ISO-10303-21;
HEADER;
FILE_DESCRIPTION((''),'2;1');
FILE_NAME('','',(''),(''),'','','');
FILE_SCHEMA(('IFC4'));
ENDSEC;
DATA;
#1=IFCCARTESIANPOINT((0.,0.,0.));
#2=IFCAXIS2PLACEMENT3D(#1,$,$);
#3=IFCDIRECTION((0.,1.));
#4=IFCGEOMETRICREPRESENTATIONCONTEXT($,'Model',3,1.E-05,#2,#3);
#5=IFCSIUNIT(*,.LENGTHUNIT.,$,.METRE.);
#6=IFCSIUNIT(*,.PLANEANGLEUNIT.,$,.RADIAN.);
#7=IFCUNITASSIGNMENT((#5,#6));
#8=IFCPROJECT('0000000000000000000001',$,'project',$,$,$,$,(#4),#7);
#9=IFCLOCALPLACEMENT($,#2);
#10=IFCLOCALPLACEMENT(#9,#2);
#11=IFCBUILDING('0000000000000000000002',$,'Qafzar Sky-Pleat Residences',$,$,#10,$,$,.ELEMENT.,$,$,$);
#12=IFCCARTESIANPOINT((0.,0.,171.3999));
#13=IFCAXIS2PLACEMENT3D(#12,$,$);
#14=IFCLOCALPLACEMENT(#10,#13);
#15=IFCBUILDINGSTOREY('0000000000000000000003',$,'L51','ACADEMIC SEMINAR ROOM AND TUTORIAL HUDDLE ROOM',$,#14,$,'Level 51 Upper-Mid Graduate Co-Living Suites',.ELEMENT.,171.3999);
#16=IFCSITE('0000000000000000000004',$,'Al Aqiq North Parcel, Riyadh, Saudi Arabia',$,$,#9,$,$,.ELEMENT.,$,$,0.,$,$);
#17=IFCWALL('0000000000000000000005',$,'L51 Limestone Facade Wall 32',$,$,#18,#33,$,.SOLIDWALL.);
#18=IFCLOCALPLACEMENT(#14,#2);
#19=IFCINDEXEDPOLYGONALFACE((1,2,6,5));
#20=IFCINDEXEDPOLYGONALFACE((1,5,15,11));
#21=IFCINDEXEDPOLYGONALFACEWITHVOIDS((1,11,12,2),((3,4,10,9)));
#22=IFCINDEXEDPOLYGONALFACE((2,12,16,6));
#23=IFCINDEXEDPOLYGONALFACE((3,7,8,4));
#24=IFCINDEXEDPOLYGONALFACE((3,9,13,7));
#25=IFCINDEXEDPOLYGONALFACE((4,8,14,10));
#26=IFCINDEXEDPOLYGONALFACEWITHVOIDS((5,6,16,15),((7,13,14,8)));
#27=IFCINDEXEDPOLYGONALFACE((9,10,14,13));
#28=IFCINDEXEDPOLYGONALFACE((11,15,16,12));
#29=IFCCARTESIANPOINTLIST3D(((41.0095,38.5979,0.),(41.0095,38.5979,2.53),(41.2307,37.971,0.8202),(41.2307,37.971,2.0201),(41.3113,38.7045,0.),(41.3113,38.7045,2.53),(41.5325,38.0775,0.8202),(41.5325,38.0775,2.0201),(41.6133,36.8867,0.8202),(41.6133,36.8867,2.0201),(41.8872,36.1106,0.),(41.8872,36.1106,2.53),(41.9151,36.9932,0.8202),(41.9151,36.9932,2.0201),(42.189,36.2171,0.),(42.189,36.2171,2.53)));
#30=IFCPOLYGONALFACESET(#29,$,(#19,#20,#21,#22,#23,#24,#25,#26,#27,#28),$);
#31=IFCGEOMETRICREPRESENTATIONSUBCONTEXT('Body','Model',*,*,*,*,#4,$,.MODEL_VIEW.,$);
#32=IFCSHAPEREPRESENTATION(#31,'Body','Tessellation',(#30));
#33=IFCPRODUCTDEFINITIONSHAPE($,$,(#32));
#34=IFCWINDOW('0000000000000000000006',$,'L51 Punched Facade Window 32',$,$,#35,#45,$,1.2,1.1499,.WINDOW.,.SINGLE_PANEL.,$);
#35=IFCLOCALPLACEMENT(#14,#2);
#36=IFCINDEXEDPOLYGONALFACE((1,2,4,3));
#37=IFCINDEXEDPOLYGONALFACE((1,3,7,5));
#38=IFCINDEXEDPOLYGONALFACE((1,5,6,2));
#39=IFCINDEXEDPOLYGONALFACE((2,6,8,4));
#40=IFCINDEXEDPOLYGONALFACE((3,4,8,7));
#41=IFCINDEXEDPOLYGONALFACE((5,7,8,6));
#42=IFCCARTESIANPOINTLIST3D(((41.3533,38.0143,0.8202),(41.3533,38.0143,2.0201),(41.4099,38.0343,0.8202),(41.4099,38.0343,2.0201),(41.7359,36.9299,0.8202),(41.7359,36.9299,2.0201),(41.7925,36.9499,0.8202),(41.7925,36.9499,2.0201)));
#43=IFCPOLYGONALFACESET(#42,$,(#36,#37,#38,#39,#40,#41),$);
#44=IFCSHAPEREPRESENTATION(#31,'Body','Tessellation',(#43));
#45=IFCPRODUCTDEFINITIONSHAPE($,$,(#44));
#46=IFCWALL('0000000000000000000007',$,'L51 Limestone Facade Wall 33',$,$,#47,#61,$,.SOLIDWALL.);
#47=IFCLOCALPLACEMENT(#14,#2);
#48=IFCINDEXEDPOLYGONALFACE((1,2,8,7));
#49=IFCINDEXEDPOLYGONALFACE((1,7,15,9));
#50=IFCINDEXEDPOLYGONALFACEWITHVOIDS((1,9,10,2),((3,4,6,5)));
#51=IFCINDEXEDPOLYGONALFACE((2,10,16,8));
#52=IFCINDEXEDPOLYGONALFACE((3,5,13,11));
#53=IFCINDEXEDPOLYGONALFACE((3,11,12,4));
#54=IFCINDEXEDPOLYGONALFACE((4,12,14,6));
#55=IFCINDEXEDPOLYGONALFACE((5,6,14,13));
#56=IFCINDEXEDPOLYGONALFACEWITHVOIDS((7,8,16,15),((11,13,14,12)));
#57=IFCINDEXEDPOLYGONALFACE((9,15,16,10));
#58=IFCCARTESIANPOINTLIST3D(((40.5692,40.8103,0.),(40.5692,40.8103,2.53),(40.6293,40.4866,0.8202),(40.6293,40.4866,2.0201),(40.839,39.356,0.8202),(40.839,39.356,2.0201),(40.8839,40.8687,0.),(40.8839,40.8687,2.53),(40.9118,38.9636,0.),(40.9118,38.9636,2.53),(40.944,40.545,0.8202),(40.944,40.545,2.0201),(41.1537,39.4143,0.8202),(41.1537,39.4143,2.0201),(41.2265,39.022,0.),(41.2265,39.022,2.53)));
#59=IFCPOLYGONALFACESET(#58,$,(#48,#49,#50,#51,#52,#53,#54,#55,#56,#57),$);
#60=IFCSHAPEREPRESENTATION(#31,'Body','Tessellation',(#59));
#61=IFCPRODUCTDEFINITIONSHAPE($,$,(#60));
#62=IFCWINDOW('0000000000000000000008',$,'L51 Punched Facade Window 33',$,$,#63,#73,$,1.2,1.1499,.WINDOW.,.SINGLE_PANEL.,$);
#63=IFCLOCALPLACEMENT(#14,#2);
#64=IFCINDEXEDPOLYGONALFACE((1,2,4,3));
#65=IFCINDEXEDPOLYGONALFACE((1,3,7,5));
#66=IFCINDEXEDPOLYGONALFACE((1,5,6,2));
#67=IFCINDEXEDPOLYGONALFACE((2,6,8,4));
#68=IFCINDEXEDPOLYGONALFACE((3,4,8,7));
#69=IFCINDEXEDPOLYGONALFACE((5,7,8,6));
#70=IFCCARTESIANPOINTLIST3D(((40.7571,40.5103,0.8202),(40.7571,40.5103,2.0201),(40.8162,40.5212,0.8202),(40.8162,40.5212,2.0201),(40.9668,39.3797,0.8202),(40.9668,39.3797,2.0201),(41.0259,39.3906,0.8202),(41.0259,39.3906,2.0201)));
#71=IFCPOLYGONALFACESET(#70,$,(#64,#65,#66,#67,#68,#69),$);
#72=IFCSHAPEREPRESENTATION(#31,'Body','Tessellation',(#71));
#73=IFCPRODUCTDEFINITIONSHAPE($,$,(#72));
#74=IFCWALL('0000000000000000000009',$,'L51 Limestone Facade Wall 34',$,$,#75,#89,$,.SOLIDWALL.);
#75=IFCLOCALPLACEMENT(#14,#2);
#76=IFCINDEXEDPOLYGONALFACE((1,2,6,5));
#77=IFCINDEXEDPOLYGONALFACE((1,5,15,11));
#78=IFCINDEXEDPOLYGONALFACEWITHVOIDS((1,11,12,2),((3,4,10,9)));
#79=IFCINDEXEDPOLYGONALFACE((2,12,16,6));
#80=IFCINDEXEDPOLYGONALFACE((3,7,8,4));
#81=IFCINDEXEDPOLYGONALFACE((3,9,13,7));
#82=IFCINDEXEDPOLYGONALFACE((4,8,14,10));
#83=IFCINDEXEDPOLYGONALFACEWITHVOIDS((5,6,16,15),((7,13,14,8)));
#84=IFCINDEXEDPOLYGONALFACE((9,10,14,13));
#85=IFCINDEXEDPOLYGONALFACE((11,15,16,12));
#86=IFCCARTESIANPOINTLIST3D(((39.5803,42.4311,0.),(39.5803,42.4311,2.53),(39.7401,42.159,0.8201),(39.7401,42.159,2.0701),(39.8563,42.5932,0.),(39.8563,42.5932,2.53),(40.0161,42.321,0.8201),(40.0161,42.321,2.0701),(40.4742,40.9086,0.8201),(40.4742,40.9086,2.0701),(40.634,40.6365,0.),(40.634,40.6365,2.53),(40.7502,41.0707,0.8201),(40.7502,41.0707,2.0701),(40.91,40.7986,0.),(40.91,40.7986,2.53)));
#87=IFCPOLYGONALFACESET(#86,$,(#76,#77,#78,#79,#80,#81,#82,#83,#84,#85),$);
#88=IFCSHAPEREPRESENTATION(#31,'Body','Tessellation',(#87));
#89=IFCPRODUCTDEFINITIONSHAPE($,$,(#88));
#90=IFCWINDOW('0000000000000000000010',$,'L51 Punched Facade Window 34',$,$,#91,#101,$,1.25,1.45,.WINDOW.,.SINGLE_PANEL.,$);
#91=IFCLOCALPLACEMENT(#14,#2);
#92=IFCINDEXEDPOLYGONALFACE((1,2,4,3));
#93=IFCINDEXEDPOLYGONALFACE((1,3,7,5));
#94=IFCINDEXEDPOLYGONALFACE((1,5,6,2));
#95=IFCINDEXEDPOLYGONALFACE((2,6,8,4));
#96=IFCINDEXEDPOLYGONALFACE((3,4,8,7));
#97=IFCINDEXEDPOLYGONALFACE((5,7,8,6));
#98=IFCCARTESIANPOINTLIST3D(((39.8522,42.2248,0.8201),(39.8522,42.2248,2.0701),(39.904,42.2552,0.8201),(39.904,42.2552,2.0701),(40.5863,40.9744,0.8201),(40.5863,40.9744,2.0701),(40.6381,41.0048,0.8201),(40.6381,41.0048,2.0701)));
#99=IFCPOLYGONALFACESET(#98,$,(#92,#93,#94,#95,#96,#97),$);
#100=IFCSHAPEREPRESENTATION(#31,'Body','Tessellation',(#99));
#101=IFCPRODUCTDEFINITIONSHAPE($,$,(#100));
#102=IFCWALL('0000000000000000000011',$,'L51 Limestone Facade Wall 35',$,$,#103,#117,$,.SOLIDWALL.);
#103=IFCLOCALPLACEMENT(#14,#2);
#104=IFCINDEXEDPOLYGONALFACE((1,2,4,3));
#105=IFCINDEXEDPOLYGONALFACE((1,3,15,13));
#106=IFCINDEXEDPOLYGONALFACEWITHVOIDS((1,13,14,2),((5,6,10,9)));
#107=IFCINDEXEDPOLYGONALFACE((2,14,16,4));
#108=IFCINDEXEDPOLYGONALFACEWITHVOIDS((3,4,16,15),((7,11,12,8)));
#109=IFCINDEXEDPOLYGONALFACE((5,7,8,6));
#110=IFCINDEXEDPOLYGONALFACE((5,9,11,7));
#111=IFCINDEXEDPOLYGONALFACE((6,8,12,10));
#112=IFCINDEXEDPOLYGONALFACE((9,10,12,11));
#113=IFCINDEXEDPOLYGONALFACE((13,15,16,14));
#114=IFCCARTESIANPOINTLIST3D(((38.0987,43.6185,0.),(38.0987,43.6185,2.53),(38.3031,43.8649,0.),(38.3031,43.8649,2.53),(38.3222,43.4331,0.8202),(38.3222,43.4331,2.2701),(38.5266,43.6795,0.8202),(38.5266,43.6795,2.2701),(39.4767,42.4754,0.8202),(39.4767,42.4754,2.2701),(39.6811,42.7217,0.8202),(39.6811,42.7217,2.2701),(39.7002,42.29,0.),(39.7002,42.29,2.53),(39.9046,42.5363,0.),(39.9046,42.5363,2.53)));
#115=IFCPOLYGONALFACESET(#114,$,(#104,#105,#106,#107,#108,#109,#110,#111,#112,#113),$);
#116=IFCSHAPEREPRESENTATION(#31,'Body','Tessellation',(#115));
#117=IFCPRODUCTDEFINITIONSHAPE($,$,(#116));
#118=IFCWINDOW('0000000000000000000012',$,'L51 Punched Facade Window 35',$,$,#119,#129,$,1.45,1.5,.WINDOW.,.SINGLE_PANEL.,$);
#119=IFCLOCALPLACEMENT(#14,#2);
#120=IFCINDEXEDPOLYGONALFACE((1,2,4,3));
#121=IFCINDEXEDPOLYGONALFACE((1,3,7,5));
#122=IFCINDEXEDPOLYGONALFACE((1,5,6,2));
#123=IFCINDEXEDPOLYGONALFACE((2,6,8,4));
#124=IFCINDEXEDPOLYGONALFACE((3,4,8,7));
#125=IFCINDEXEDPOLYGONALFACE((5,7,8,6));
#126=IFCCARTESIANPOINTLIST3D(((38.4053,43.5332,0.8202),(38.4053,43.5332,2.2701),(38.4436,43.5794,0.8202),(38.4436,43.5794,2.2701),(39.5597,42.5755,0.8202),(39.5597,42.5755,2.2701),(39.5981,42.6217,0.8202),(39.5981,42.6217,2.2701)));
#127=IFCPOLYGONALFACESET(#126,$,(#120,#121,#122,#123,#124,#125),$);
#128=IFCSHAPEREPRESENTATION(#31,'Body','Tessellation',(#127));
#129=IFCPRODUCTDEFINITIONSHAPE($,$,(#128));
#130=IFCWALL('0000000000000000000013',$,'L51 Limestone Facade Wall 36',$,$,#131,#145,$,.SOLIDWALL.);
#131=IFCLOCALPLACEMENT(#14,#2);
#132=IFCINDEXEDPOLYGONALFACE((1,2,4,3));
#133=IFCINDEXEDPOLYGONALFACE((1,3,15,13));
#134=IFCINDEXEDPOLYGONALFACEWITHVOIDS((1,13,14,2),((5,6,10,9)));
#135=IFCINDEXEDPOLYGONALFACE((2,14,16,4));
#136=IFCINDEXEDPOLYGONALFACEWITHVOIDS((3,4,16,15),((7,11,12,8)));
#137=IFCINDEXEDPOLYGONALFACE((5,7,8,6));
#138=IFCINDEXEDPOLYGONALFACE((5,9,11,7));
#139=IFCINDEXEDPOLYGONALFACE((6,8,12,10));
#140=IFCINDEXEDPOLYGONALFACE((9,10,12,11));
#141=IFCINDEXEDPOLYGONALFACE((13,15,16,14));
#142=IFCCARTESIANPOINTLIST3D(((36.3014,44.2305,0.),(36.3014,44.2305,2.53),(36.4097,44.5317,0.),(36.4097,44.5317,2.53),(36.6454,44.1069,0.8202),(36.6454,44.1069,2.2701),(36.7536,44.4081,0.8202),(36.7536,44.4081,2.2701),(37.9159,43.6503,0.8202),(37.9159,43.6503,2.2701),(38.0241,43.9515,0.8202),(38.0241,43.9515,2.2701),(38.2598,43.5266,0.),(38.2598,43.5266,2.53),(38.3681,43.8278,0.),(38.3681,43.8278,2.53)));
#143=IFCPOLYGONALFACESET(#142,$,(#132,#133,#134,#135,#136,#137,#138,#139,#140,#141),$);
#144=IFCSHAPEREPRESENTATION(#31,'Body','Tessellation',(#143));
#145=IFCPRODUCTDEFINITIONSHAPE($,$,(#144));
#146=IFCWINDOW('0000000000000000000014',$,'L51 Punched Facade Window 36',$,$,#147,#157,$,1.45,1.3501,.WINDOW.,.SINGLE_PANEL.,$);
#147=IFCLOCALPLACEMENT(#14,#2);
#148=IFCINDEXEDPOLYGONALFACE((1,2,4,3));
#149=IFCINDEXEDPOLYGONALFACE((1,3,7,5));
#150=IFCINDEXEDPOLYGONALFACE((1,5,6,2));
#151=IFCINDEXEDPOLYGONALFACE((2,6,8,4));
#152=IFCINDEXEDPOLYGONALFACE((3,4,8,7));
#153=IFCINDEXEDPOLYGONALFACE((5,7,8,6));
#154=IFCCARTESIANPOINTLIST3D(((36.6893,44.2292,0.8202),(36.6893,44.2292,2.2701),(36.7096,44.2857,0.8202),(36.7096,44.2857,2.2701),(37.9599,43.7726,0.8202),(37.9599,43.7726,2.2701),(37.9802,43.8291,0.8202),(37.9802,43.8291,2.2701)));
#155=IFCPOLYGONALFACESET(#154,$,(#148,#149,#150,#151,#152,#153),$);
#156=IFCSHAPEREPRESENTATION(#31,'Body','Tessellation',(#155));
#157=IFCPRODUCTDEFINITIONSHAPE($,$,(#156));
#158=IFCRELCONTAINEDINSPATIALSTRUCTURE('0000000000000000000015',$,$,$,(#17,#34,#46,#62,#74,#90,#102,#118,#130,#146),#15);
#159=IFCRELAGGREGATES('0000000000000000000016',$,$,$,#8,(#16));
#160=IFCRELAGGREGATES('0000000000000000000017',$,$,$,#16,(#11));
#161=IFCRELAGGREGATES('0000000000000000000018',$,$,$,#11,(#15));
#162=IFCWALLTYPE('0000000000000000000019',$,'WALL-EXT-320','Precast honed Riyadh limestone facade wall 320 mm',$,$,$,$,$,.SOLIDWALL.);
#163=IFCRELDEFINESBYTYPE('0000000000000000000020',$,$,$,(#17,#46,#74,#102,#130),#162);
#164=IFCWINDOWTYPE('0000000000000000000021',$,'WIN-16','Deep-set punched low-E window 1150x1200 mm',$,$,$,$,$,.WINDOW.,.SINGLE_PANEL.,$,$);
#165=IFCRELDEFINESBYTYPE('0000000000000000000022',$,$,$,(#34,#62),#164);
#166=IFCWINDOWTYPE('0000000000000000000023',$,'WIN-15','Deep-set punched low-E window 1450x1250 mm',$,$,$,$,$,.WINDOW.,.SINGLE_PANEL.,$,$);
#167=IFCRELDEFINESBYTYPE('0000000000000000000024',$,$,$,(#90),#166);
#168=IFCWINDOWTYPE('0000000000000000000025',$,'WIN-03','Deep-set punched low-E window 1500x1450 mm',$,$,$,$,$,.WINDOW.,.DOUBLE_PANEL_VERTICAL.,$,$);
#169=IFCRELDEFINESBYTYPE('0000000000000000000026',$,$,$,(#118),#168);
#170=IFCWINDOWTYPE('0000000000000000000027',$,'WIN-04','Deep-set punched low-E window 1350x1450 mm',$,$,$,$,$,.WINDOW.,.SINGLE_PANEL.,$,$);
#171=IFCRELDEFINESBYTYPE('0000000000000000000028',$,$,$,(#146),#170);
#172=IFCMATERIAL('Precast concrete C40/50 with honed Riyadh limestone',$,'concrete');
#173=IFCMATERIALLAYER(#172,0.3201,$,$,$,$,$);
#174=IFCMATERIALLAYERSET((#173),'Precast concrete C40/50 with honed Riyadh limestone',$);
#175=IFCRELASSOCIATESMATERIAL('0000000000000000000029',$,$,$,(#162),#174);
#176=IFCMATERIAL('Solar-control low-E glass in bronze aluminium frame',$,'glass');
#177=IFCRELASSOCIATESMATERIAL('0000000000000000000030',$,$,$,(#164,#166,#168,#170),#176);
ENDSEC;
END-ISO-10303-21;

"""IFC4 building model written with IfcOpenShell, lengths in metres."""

from ifc_helpers import new_model, si_unit, direction, frame, frame_2d, origin, place, context, subcontext, project, spatial, rectangle, extrude, source, transform, mapped, material, layer, layer_set, type_object, element, fill, save


model = new_model("IFC4")

# Units and contexts
model_context = context("Model", 3, precision=1e-05, world=origin(), true_north=direction((0.0, 1.0)))
body_context = subcontext(model_context, "Body", "Model", "MODEL_VIEW")
ifc_project = project(units=[si_unit("LENGTHUNIT", "METRE"), si_unit("PLANEANGLEUNIT", "RADIAN")], contexts=[model_context])

# Site, building, storey
site_placement = place(None, origin())
site = spatial("IfcSite", under=ifc_project, at=site_placement, Name="Al Aqiq North Parcel, Riyadh, Saudi Arabia", CompositionType="ELEMENT", RefElevation=0.0)
building_placement = place(site_placement, origin())
building = spatial("IfcBuilding", under=site, at=building_placement, Name="Qafzar Sky-Pleat Residences", CompositionType="ELEMENT")
storey_placement = place(building_placement, frame((0.0, 0.0, 171.3999)))
storey = spatial("IfcBuildingStorey", under=building, at=storey_placement, Name="L51", Description="ACADEMIC SEMINAR ROOM AND TUTORIAL HUDDLE ROOM", LongName="Level 51 Upper-Mid Graduate Co-Living Suites", CompositionType="ELEMENT", Elevation=171.3999)

# Walls, openings, windows
ifc_material_1 = material(Name="Precast concrete C40/50 with honed Riyadh limestone", Category="concrete")
ifc_layer_1 = layer(ifc_material_1, 0.3201)
ifc_layer_set_1 = layer_set([ifc_layer_1], Name="Precast concrete C40/50 with honed Riyadh limestone")
wall_type_1 = type_object("IfcWallType", Name="WALL-EXT-320", Description="Precast honed Riyadh limestone facade wall 320 mm", PredefinedType="SOLIDWALL", material=ifc_layer_set_1)
wall_1_placement = place(storey_placement, frame((42.0381, 36.1638, 0.0), z_axis=(0.0, 0.0, 1.0), x_axis=(-0.332757, 0.943013, 0.0)))
wall_1 = element("IfcWall", 1, at=wall_1_placement, inside=storey, type_object=wall_type_1, Name="L51 Limestone Facade Wall 32", PredefinedType="SOLIDWALL", context=body_context, shape_type="SweptSolid", body=[
    extrude(rectangle(XDim=2.6377, YDim=0.3201, at=frame_2d((1.3188, 0.0))), origin(), (0.0, 0.0, 1.0), 2.53),
])
opening_1_placement = place(wall_1_placement, frame((0.823, 0.0, 0.8201)))
opening_1 = element("IfcOpeningElement", 2, at=opening_1_placement, cuts=wall_1, PredefinedType="OPENING", context=body_context, shape_type="SweptSolid", body=[
    extrude(rectangle(XDim=1.1499, YDim=1.2, at=frame_2d((0.575, 0.6001))), frame((0.0, 0.1699, 0.0), z_axis=(0.0, -1.0, 0.0), x_axis=(1.0, 0.0, 0.0)), (0.0, 0.0, 1.0), 0.3401),
])
ifc_material_2 = material(Name="Solar-control low-E glass in bronze aluminium frame", Category="glass")
window_type_1 = type_object("IfcWindowType", Name="WIN-16", Description="Deep-set punched low-E window 1150x1200 mm", PartitioningType="SINGLE_PANEL", PredefinedType="WINDOW", material=ifc_material_2)
shared_shape_1 = source(origin(), body_context, "Body", "SweptSolid", [
    extrude(rectangle(XDim=1.1499, YDim=1.2, at=frame_2d((0.575, 0.6001))), frame((0.0, 0.03, 0.0), z_axis=(0.0, -1.0, 0.0), x_axis=(1.0, 0.0, 0.0)), (0.0, 0.0, 1.0), 0.0601),
])
window_1_placement = place(opening_1_placement, origin())
window_1 = element("IfcWindow", 3, at=window_1_placement, inside=storey, type_object=window_type_1, Name="L51 Punched Facade Window 32", OverallHeight=1.2, OverallWidth=1.1499, PartitioningType="SINGLE_PANEL", PredefinedType="WINDOW", context=body_context, shape_type="MappedRepresentation", body=[
    mapped(shared_shape_1, transform((0.0, 0.0, 0.0), x_axis=(1.0, 0.0, 0.0), y_axis=(0.0, 1.0, 0.0), z_axis=(0.0, 0.0, 1.0), scale=1.0)),
])
fill(opening_1, window_1)
wall_2_placement = place(storey_placement, frame((41.0691, 38.9929, 0.0), z_axis=(0.0, 0.0, 1.0), x_axis=(-0.182373, 0.983229, 0.0)))
wall_2 = element("IfcWall", 4, at=wall_2_placement, inside=storey, type_object=wall_type_1, Name="L51 Limestone Facade Wall 33", PredefinedType="SOLIDWALL", context=body_context, shape_type="SweptSolid", body=[
    extrude(rectangle(XDim=1.8782, YDim=0.3201, at=frame_2d((0.939, 0.0))), origin(), (0.0, 0.0, 1.0), 2.53),
])
opening_2_placement = place(wall_2_placement, frame((0.3989, 0.0, 0.8201)))
opening_2 = element("IfcOpeningElement", 5, at=opening_2_placement, cuts=wall_2, PredefinedType="OPENING", context=body_context, shape_type="SweptSolid", body=[
    extrude(rectangle(XDim=1.1499, YDim=1.2, at=frame_2d((0.575, 0.6001))), frame((0.0, 0.1699, 0.0), z_axis=(0.0, -1.0, 0.0), x_axis=(1.0, 0.0, 0.0)), (0.0, 0.0, 1.0), 0.3401),
])
window_2_placement = place(opening_2_placement, origin())
window_2 = element("IfcWindow", 6, at=window_2_placement, inside=storey, type_object=window_type_1, Name="L51 Punched Facade Window 33", OverallHeight=1.2, OverallWidth=1.1499, PartitioningType="SINGLE_PANEL", PredefinedType="WINDOW", context=body_context, shape_type="MappedRepresentation", body=[
    mapped(shared_shape_1, transform((0.0, 0.0, 0.0), x_axis=(1.0, 0.0, 0.0), y_axis=(0.0, 1.0, 0.0), z_axis=(0.0, 0.0, 1.0), scale=1.0)),
])
fill(opening_2, window_2)
wall_3_placement = place(storey_placement, frame((40.772, 40.7175, 0.0), z_axis=(0.0, 0.0, 1.0), x_axis=(-0.506312, 0.86235, 0.0)))
wall_3 = element("IfcWall", 7, at=wall_3_placement, inside=storey, type_object=wall_type_1, Name="L51 Limestone Facade Wall 34", PredefinedType="SOLIDWALL", context=body_context, shape_type="SweptSolid", body=[
    extrude(rectangle(XDim=2.0811, YDim=0.3201, at=frame_2d((1.0405, 0.0))), origin(), (0.0, 0.0, 1.0), 2.53),
])
opening_3_placement = place(wall_3_placement, frame((0.3154, 0.0, 0.8201)))
opening_3 = element("IfcOpeningElement", 8, at=opening_3_placement, cuts=wall_3, PredefinedType="OPENING", context=body_context, shape_type="SweptSolid", body=[
    extrude(rectangle(XDim=1.45, YDim=1.25, at=frame_2d((0.7251, 0.625))), frame((0.0, 0.1699, 0.0), z_axis=(0.0, -1.0, 0.0), x_axis=(1.0, 0.0, 0.0)), (0.0, 0.0, 1.0), 0.3401),
])
window_type_2 = type_object("IfcWindowType", Name="WIN-15", Description="Deep-set punched low-E window 1450x1250 mm", PartitioningType="SINGLE_PANEL", PredefinedType="WINDOW", material=ifc_material_2)
shared_shape_2 = source(origin(), body_context, "Body", "SweptSolid", [
    extrude(rectangle(XDim=1.45, YDim=1.25, at=frame_2d((0.7251, 0.625))), frame((0.0, 0.03, 0.0), z_axis=(0.0, -1.0, 0.0), x_axis=(1.0, 0.0, 0.0)), (0.0, 0.0, 1.0), 0.0601),
])
window_3_placement = place(opening_3_placement, origin())
window_3 = element("IfcWindow", 9, at=window_3_placement, inside=storey, type_object=window_type_2, Name="L51 Punched Facade Window 34", OverallHeight=1.25, OverallWidth=1.45, PartitioningType="SINGLE_PANEL", PredefinedType="WINDOW", context=body_context, shape_type="MappedRepresentation", body=[
    mapped(shared_shape_2, transform((0.0, 0.0, 0.0), x_axis=(1.0, 0.0, 0.0), y_axis=(0.0, 1.0, 0.0), z_axis=(0.0, 0.0, 1.0), scale=1.0)),
])
fill(opening_3, window_3)
wall_4_placement = place(storey_placement, frame((39.8025, 42.4131, 0.0), z_axis=(0.0, 0.0, 1.0), x_axis=(-0.769643, 0.638475, 0.0)))
wall_4 = element("IfcWall", 10, at=wall_4_placement, inside=storey, type_object=wall_type_1, Name="L51 Limestone Facade Wall 35", PredefinedType="SOLIDWALL", context=body_context, shape_type="SweptSolid", body=[
    extrude(rectangle(XDim=2.0808, YDim=0.3201, at=frame_2d((1.0405, 0.0))), origin(), (0.0, 0.0, 1.0), 2.53),
])
opening_4_placement = place(wall_4_placement, frame((0.2905, 0.0, 0.8201)))
opening_4 = element("IfcOpeningElement", 11, at=opening_4_placement, cuts=wall_4, PredefinedType="OPENING", context=body_context, shape_type="SweptSolid", body=[
    extrude(rectangle(XDim=1.5, YDim=1.45, at=frame_2d((0.75, 0.7251))), frame((0.0, 0.1699, 0.0), z_axis=(0.0, -1.0, 0.0), x_axis=(1.0, 0.0, 0.0)), (0.0, 0.0, 1.0), 0.3401),
])
window_type_3 = type_object("IfcWindowType", Name="WIN-03", Description="Deep-set punched low-E window 1500x1450 mm", PartitioningType="DOUBLE_PANEL_VERTICAL", PredefinedType="WINDOW", material=ifc_material_2)
shared_shape_3 = source(origin(), body_context, "Body", "SweptSolid", [
    extrude(rectangle(XDim=1.5, YDim=1.45, at=frame_2d((0.75, 0.7251))), frame((0.0, 0.03, 0.0), z_axis=(0.0, -1.0, 0.0), x_axis=(1.0, 0.0, 0.0)), (0.0, 0.0, 1.0), 0.0601),
])
window_4_placement = place(opening_4_placement, origin())
window_4 = element("IfcWindow", 12, at=window_4_placement, inside=storey, type_object=window_type_3, Name="L51 Punched Facade Window 35", OverallHeight=1.45, OverallWidth=1.5, PartitioningType="SINGLE_PANEL", PredefinedType="WINDOW", context=body_context, shape_type="MappedRepresentation", body=[
    mapped(shared_shape_3, transform((0.0, 0.0, 0.0), x_axis=(1.0, 0.0, 0.0), y_axis=(0.0, 1.0, 0.0), z_axis=(0.0, 0.0, 1.0), scale=1.0)),
])
fill(opening_4, window_4)
wall_5_placement = place(storey_placement, frame((38.314, 43.6772, 0.0), z_axis=(0.0, 0.0, 1.0), x_axis=(-0.941071, 0.338208, 0.0)))
wall_5 = element("IfcWall", 13, at=wall_5_placement, inside=storey, type_object=wall_type_1, Name="L51 Limestone Facade Wall 36", PredefinedType="SOLIDWALL", context=body_context, shape_type="SweptSolid", body=[
    extrude(rectangle(XDim=2.0811, YDim=0.3201, at=frame_2d((1.0405, 0.0))), origin(), (0.0, 0.0, 1.0), 2.53),
])
opening_5_placement = place(wall_5_placement, frame((0.3655, 0.0, 0.8201)))
opening_5 = element("IfcOpeningElement", 14, at=opening_5_placement, cuts=wall_5, PredefinedType="OPENING", context=body_context, shape_type="SweptSolid", body=[
    extrude(rectangle(XDim=1.3501, YDim=1.45, at=frame_2d((0.675, 0.7251))), frame((0.0, 0.1699, 0.0), z_axis=(0.0, -1.0, 0.0), x_axis=(1.0, 0.0, 0.0)), (0.0, 0.0, 1.0), 0.3401),
])
window_type_4 = type_object("IfcWindowType", Name="WIN-04", Description="Deep-set punched low-E window 1350x1450 mm", PartitioningType="SINGLE_PANEL", PredefinedType="WINDOW", material=ifc_material_2)
shared_shape_4 = source(origin(), body_context, "Body", "SweptSolid", [
    extrude(rectangle(XDim=1.3501, YDim=1.45, at=frame_2d((0.675, 0.7251))), frame((0.0, 0.03, 0.0), z_axis=(0.0, -1.0, 0.0), x_axis=(1.0, 0.0, 0.0)), (0.0, 0.0, 1.0), 0.0601),
])
window_5_placement = place(opening_5_placement, origin())
window_5 = element("IfcWindow", 15, at=window_5_placement, inside=storey, type_object=window_type_4, Name="L51 Punched Facade Window 36", OverallHeight=1.45, OverallWidth=1.3501, PartitioningType="SINGLE_PANEL", PredefinedType="WINDOW", context=body_context, shape_type="MappedRepresentation", body=[
    mapped(shared_shape_4, transform((0.0, 0.0, 0.0), x_axis=(1.0, 0.0, 0.0), y_axis=(0.0, 1.0, 0.0), z_axis=(0.0, 0.0, 1.0), scale=1.0)),
])
fill(opening_5, window_5)

save(model, "model.ifc")
